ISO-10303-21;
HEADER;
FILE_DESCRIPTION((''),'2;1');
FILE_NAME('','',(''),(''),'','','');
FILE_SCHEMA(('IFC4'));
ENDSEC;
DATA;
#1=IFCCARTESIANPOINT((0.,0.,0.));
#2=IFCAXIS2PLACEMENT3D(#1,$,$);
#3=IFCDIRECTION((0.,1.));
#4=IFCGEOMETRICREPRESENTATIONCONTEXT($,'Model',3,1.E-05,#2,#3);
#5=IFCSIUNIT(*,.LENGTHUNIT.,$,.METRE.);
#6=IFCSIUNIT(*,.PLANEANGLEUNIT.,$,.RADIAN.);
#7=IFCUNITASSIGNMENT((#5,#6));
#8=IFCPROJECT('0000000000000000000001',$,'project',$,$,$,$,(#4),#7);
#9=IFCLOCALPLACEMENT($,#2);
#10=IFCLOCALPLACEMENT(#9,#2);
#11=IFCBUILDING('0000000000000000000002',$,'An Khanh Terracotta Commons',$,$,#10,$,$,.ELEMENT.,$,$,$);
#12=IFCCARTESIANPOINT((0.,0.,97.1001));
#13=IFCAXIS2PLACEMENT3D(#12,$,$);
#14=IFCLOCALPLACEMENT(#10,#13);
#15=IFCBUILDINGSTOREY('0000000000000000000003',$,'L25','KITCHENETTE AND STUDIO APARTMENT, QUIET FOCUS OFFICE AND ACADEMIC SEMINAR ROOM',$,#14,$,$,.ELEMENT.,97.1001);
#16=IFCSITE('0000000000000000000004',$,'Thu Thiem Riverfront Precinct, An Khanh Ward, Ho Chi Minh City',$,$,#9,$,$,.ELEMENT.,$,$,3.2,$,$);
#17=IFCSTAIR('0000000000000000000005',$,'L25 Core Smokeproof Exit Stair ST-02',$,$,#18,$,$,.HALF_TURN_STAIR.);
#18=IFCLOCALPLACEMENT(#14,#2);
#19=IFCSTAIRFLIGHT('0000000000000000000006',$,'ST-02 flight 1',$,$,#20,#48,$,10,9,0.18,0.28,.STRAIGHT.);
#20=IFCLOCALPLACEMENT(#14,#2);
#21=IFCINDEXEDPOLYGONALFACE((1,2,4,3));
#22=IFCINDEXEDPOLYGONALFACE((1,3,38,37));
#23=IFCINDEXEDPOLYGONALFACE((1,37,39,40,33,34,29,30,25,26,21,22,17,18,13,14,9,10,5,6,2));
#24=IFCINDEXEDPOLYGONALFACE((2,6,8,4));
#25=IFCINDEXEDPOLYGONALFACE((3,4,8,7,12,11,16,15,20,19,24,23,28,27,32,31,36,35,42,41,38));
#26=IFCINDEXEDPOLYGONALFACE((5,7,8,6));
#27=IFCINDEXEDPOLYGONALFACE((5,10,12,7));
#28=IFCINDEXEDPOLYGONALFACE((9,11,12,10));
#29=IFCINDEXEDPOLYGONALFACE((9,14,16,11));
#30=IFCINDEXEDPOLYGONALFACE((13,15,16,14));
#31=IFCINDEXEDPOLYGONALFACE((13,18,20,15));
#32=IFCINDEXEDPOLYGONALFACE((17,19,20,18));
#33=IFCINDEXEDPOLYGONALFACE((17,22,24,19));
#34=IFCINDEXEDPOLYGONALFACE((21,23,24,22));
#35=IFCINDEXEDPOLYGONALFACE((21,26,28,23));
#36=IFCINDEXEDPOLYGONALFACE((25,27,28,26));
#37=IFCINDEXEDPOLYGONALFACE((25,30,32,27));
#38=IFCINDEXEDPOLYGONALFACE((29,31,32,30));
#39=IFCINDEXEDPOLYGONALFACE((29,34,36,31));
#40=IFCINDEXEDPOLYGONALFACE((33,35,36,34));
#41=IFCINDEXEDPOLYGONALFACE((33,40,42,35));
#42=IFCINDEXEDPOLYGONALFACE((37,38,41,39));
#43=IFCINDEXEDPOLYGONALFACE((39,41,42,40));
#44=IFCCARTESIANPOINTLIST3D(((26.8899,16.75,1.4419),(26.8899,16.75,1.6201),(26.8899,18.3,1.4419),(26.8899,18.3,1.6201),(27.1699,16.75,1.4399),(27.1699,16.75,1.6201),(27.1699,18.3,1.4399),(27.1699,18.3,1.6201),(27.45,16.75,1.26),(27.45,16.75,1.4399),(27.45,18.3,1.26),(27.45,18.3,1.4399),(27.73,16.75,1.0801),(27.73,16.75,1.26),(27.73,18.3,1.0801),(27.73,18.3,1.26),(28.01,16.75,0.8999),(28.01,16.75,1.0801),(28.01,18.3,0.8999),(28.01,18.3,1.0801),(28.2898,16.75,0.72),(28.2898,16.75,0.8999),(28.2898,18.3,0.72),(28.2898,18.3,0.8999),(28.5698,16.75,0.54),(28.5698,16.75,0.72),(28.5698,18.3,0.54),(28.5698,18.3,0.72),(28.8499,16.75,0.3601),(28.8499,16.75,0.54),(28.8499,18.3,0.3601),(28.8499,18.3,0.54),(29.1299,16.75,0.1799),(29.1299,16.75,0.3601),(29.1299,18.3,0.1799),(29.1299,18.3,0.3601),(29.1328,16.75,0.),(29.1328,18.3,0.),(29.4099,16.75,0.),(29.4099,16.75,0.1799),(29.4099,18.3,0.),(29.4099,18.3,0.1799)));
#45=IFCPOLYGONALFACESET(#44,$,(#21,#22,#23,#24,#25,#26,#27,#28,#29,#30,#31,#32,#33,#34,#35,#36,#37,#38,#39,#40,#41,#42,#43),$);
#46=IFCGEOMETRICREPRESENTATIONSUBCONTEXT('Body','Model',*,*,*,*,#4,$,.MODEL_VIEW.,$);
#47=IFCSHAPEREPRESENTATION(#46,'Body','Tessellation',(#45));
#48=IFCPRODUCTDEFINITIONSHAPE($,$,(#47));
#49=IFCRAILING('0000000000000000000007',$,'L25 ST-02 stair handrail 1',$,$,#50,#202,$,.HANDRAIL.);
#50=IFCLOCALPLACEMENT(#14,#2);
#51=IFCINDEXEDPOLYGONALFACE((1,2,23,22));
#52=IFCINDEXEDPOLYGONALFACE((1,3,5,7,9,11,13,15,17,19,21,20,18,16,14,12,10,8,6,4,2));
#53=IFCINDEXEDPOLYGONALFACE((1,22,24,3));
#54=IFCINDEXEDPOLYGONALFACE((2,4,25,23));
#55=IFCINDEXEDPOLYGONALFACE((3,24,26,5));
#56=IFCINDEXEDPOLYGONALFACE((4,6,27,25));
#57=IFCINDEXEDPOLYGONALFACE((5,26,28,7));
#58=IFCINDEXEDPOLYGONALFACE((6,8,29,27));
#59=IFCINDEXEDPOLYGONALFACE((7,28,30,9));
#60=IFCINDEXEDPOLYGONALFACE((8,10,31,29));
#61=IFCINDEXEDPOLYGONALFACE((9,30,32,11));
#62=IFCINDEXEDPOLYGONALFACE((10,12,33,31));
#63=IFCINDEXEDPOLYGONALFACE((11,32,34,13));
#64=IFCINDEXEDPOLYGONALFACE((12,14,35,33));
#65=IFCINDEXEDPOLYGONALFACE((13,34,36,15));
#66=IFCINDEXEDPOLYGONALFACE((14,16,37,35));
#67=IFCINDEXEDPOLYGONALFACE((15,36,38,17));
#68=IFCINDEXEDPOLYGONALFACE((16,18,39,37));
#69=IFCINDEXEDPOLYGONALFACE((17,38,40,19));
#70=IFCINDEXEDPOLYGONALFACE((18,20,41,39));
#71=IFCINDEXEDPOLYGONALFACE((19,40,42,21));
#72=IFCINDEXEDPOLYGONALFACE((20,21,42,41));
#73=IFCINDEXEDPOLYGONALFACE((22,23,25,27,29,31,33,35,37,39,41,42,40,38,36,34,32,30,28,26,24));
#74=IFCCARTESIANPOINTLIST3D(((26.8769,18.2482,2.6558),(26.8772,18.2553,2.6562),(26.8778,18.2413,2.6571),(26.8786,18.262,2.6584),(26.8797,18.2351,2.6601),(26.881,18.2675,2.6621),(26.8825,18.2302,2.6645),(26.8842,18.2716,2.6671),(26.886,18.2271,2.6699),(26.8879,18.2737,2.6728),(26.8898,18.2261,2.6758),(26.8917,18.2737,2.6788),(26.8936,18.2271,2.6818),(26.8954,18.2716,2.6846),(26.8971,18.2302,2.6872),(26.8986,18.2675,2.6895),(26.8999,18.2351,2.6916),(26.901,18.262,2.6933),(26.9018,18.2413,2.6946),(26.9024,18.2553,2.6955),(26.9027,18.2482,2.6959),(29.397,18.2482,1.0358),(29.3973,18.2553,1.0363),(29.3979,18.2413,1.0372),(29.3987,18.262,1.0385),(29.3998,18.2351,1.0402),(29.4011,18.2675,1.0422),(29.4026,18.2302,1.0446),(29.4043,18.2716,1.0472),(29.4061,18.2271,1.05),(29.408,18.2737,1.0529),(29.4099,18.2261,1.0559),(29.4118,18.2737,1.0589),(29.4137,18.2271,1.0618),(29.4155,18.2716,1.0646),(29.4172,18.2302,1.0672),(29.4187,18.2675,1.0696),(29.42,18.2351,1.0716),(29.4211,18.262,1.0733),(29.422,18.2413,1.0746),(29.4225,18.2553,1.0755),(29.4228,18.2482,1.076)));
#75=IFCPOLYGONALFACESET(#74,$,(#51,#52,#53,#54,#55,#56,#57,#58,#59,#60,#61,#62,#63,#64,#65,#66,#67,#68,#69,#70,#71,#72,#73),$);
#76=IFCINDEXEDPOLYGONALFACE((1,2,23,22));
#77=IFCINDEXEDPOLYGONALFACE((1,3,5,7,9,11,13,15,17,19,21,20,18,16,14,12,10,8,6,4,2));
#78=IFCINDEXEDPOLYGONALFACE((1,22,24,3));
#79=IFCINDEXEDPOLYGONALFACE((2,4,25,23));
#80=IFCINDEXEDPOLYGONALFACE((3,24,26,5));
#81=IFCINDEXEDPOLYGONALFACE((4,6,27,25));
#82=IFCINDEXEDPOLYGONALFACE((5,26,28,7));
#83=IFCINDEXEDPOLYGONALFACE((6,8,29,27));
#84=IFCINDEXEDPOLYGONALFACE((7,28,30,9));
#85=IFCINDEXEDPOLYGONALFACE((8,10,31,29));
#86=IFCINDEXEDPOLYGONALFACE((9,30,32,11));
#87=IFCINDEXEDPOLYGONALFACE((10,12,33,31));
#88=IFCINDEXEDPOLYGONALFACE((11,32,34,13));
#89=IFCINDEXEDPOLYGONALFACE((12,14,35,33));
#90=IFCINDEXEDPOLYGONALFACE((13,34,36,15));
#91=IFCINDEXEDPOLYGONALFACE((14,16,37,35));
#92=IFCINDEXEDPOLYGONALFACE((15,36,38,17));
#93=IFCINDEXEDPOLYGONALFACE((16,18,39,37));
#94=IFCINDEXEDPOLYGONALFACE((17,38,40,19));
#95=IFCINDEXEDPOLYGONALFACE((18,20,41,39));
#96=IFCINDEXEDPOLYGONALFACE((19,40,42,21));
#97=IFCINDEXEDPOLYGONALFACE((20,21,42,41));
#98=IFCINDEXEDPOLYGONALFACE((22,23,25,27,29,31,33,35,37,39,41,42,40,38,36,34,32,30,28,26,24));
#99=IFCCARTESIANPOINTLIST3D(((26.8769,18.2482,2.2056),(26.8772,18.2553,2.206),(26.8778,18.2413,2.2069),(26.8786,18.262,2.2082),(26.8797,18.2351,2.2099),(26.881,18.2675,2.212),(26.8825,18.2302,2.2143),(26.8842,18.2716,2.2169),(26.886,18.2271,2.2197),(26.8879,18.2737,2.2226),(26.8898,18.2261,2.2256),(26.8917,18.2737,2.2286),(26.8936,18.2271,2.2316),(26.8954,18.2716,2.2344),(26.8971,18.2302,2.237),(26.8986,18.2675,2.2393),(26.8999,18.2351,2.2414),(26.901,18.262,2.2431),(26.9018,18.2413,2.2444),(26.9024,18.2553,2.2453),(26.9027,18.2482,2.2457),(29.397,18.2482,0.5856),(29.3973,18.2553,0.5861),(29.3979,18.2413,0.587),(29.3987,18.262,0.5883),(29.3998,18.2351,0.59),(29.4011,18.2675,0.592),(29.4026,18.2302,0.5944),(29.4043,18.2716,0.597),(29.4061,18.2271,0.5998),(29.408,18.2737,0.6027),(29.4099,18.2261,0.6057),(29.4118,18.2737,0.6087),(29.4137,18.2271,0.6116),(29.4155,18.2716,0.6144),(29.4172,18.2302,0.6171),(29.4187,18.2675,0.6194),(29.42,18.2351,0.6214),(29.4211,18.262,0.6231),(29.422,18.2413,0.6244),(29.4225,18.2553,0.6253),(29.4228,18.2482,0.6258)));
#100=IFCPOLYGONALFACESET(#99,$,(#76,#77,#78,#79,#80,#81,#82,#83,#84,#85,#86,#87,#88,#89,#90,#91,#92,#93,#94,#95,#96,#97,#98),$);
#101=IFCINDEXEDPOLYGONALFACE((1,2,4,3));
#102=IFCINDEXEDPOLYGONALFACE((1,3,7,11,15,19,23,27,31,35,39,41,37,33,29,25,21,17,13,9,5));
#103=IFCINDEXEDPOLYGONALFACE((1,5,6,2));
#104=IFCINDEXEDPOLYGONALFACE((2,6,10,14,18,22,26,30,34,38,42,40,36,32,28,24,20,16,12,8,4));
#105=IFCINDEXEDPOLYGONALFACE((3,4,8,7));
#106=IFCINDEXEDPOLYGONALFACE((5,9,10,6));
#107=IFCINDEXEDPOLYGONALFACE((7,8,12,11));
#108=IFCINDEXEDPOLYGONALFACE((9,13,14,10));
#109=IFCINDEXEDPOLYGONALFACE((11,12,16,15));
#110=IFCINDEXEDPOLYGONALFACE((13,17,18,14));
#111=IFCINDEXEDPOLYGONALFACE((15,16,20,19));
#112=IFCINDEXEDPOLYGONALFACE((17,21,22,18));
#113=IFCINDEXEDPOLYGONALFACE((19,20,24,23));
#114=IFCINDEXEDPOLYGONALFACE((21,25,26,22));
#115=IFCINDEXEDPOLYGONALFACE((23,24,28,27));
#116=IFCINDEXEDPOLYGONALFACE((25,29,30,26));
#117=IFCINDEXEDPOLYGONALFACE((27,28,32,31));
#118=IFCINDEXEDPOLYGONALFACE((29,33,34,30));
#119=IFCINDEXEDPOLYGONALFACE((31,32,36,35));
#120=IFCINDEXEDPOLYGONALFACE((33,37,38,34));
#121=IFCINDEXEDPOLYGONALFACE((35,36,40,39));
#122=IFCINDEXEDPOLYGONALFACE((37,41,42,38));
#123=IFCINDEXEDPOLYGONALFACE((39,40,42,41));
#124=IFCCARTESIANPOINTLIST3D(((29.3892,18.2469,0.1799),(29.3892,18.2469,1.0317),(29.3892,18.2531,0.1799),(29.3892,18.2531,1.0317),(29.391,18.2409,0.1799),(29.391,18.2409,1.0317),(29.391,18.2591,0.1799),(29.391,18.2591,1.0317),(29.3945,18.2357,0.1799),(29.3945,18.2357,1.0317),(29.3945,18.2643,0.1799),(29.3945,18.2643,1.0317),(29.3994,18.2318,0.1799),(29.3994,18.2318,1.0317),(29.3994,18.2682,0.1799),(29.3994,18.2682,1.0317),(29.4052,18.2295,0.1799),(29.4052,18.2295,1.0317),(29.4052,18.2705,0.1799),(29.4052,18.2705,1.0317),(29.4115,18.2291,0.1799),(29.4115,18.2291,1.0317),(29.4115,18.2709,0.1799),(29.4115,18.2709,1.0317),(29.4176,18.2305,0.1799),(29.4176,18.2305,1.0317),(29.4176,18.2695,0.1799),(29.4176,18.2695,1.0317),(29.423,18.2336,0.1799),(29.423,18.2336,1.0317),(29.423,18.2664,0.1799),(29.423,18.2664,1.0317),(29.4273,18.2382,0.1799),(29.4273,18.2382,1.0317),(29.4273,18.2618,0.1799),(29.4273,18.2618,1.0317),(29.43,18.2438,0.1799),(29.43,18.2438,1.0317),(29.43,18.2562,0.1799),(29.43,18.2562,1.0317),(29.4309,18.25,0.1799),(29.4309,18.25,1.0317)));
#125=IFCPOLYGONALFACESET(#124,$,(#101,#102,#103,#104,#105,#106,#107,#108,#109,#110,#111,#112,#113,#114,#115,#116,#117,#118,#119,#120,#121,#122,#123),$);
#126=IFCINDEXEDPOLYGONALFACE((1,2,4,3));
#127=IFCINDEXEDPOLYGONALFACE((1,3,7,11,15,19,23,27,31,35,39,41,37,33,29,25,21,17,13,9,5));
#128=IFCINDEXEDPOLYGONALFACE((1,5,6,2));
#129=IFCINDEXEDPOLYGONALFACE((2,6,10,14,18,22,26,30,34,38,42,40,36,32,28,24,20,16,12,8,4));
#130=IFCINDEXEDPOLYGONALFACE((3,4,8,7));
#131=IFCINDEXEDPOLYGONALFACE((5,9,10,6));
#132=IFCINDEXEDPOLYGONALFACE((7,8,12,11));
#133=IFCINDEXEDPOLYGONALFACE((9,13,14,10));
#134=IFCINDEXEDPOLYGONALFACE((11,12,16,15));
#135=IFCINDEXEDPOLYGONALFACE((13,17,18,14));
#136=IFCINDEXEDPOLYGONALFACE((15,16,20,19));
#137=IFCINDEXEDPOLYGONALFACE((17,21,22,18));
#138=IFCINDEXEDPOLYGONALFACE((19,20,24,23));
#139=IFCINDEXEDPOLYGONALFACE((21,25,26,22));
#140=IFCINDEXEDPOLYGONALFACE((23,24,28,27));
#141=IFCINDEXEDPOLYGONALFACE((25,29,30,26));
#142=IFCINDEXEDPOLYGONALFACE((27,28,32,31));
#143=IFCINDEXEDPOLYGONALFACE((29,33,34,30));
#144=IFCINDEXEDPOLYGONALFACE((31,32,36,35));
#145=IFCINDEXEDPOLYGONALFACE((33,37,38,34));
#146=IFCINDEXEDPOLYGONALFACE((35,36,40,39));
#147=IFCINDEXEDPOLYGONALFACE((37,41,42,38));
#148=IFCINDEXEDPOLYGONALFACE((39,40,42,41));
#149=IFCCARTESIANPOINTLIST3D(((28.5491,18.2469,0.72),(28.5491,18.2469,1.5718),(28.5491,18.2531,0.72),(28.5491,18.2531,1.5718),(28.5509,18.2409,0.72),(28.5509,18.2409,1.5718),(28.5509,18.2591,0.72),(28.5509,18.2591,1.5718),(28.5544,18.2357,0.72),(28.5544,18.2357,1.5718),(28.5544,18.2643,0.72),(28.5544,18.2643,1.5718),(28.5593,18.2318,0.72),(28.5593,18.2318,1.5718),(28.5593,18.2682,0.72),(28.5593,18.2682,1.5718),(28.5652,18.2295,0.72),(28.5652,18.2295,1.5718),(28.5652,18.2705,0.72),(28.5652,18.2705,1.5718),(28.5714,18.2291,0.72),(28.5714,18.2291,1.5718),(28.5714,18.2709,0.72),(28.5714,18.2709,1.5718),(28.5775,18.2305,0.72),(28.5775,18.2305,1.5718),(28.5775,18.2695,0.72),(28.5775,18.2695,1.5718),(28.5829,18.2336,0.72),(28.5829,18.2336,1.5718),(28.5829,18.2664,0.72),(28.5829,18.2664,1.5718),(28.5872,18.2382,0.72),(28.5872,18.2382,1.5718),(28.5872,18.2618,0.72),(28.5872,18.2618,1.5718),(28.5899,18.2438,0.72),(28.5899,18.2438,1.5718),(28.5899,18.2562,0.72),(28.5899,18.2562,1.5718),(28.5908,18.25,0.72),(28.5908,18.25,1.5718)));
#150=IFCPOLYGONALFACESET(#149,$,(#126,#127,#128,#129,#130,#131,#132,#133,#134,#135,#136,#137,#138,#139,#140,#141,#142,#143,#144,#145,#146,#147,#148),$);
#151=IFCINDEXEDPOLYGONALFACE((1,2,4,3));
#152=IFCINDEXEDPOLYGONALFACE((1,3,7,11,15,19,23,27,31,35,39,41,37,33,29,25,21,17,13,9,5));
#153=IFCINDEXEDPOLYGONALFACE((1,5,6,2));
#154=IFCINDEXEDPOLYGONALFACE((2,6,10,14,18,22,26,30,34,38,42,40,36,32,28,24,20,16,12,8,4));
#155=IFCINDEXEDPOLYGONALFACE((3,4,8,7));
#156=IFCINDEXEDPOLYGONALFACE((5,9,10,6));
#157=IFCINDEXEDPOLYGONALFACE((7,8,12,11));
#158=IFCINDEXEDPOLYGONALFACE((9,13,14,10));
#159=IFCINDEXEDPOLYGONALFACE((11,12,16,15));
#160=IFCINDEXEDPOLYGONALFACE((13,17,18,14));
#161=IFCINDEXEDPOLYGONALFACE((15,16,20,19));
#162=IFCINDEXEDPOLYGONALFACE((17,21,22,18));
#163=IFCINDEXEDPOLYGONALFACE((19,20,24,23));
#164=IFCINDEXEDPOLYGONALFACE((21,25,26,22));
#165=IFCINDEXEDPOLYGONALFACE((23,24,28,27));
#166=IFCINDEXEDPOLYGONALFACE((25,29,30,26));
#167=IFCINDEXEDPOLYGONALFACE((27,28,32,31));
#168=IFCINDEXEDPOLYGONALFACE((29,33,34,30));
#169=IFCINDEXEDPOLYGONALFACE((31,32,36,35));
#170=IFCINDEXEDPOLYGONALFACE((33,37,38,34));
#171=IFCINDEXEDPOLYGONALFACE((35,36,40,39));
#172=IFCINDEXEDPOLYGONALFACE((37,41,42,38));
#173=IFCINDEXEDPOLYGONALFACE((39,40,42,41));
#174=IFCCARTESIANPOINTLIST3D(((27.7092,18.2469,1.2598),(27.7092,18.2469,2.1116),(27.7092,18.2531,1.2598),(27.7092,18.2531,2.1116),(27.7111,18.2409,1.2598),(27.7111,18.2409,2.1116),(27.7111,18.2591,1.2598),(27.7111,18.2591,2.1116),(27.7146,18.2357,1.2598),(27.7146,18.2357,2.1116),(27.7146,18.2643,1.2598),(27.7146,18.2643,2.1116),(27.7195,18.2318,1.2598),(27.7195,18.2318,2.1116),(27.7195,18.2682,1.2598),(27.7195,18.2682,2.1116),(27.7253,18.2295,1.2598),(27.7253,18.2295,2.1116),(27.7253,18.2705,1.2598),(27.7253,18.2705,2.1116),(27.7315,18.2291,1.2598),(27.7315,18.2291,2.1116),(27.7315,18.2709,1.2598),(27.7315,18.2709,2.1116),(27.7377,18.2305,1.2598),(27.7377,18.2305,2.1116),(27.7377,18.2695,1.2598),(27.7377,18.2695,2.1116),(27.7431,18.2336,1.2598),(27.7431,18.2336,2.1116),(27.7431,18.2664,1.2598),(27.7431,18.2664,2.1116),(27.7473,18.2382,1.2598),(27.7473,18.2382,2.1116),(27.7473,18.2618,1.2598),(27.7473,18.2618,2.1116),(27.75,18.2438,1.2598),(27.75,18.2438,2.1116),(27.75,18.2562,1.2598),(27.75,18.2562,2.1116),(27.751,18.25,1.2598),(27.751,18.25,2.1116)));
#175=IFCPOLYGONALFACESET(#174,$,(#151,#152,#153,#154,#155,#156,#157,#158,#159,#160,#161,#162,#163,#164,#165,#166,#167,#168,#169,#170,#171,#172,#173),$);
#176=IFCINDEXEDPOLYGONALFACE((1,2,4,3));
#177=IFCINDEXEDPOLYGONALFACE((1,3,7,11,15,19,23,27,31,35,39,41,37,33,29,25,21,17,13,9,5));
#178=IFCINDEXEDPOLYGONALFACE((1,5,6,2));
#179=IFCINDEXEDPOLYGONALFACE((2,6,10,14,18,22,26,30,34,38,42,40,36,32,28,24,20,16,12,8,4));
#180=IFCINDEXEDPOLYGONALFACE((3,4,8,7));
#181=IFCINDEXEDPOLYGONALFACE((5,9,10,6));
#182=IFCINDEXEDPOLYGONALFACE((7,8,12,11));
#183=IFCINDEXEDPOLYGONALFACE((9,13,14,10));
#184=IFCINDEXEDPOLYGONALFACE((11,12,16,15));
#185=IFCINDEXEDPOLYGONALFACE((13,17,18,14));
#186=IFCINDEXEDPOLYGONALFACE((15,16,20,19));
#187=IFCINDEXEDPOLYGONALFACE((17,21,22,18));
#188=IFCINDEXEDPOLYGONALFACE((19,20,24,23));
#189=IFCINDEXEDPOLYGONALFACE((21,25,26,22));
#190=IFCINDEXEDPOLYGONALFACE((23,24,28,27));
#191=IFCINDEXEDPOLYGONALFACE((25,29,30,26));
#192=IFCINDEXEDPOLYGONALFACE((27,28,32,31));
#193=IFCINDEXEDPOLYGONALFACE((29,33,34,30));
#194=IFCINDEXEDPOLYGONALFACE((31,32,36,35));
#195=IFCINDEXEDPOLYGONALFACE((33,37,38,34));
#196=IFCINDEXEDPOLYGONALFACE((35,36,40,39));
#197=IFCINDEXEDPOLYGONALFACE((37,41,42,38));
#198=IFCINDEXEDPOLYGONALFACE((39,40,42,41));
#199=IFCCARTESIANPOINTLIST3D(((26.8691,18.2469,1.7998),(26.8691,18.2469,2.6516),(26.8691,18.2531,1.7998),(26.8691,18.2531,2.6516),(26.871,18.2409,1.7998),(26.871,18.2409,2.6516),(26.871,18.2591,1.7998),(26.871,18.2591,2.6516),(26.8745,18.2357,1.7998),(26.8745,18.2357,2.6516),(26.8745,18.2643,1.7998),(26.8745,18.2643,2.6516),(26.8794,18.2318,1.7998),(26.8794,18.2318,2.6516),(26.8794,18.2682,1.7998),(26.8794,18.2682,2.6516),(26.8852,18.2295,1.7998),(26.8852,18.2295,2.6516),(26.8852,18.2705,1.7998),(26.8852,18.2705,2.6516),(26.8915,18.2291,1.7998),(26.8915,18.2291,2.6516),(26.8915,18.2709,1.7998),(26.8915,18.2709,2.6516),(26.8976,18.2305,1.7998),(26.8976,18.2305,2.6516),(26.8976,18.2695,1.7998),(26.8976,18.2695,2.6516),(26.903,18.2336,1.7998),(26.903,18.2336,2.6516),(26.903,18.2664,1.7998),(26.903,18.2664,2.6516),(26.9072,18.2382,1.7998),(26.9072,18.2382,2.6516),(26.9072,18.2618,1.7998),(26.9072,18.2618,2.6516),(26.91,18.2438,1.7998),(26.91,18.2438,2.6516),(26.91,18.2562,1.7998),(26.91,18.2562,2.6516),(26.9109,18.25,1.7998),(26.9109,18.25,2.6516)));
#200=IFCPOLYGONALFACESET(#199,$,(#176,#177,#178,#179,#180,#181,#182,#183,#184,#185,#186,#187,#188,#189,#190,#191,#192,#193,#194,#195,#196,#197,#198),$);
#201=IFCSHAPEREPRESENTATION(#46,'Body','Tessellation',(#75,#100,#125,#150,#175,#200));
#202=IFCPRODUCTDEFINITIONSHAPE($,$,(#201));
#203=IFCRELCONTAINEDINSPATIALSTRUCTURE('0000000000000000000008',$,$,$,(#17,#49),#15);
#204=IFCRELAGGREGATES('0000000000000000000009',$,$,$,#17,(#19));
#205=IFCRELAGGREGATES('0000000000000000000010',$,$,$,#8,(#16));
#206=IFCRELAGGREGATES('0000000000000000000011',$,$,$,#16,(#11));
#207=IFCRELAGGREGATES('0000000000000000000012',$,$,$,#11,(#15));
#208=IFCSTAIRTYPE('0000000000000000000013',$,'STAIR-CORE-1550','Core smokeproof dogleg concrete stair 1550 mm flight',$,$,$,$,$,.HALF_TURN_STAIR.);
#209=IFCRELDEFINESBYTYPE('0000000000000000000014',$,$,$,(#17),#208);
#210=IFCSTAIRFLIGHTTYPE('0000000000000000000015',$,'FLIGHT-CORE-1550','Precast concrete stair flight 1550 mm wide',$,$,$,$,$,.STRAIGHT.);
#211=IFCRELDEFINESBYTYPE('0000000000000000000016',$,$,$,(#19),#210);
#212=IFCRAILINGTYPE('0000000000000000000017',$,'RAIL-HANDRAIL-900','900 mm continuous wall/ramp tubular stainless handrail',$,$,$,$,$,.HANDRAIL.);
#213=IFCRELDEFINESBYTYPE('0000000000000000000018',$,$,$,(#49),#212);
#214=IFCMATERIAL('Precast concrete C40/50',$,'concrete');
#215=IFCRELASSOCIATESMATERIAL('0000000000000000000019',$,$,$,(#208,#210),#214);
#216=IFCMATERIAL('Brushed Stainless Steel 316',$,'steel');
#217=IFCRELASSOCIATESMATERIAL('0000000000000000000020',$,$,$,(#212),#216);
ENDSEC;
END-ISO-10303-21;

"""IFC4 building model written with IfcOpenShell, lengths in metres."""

from ifc_helpers import new_model, si_unit, direction, frame, origin, origin_2d, place, context, subcontext, project, spatial, polyline, circle, outline, extrude, material, type_object, element, aggregate, save


model = new_model("IFC4")

# Units and contexts
model_context = context("Model", 3, precision=1e-05, world=origin(), true_north=direction((0.0, 1.0)))
body_context = subcontext(model_context, "Body", "Model", "MODEL_VIEW")
ifc_project = project(units=[si_unit("LENGTHUNIT", "METRE"), si_unit("PLANEANGLEUNIT", "RADIAN")], contexts=[model_context])

# Site, building, storey
site_placement = place(None, origin())
site = spatial("IfcSite", under=ifc_project, at=site_placement, Name="Thu Thiem Riverfront Precinct, An Khanh Ward, Ho Chi Minh City", CompositionType="ELEMENT", RefElevation=3.2)
building_placement = place(site_placement, origin())
building = spatial("IfcBuilding", under=site, at=building_placement, Name="An Khanh Terracotta Commons", CompositionType="ELEMENT")
storey_placement = place(building_placement, frame((0.0, 0.0, 97.1001)))
storey = spatial("IfcBuildingStorey", under=building, at=storey_placement, Name="L25", Description="KITCHENETTE AND STUDIO APARTMENT, QUIET FOCUS OFFICE AND ACADEMIC SEMINAR ROOM", CompositionType="ELEMENT", Elevation=97.1001)

# Stair, stair flight
ifc_material_1 = material(Name="Precast concrete C40/50", Category="concrete")
stair_type = type_object("IfcStairType", Name="STAIR-CORE-1550", Description="Core smokeproof dogleg concrete stair 1550 mm flight", PredefinedType="HALF_TURN_STAIR", material=ifc_material_1)
stair_placement = place(storey_placement, origin())
stair = element("IfcStair", 1, at=stair_placement, inside=storey, type_object=stair_type, Name="L25 Core Smokeproof Exit Stair ST-02", PredefinedType="HALF_TURN_STAIR")
stair_flight_type = type_object("IfcStairFlightType", Name="FLIGHT-CORE-1550", Description="Precast concrete stair flight 1550 mm wide", PredefinedType="STRAIGHT", material=ifc_material_1)
stair_flight_placement = place(storey_placement, frame((29.4099, 17.5249, 0.0), z_axis=(0.0, 0.0, 1.0), x_axis=(-1.0, 0.0, 0.0)))
stair_flight = element("IfcStairFlight", 2, at=stair_flight_placement, type_object=stair_flight_type, Name="ST-02 flight 1", NumberOfRisers=10, NumberOfTreads=9, PredefinedType="STRAIGHT", RiserHeight=0.18, TreadLength=0.28, context=body_context, shape_type="SweptSolid", body=[
    extrude(outline(polyline([(0.0, 0.0), (0.0, 0.1799), (0.28, 0.1799), (0.28, 0.3601), (0.5601, 0.3601), (0.5601, 0.54), (0.8401, 0.54), (0.8401, 0.72), (1.1201, 0.72), (1.1201, 0.8999), (1.3999, 0.8999), (1.3999, 1.0801), (1.6799, 1.0801), (1.6799, 1.26), (1.96, 1.26), (1.96, 1.4399), (2.24, 1.4399), (2.24, 1.6201), (2.52, 1.6201), (2.52, 1.8), (2.52, 1.4419), (0.2771, 0.0), (0.0, 0.0)])), frame((0.0, 0.7749, 0.0), z_axis=(0.0, -1.0, 0.0), x_axis=(1.0, 0.0, 0.0)), (0.0, 0.0, 1.0), 1.55),
])
aggregate(stair, [stair_flight])

# Railing
ifc_material_2 = material(Name="Brushed Stainless Steel 316", Category="steel")
railing_type = type_object("IfcRailingType", Name="RAIL-HANDRAIL-900", Description="900 mm continuous wall/ramp tubular stainless handrail", PredefinedType="HANDRAIL", material=ifc_material_2)
railing_placement = place(storey_placement, frame((29.4099, 18.25, 0.1799)))
element("IfcRailing", 3, at=railing_placement, inside=storey, type_object=railing_type, Name="L25 ST-02 stair handrail 1", PredefinedType="HANDRAIL", context=body_context, shape_type="SweptSolid", body=[
    extrude(circle(Radius=0.0239, at=origin_2d()), frame((0.0, 0.0, 0.876), z_axis=(-0.8412, 0.0, 0.540725), x_axis=(0.0, -1.0, 0.0)), (0.0, 0.0, 1.0), 2.9958),
    extrude(circle(Radius=0.0239, at=origin_2d()), frame((0.0, 0.0, 0.4258), z_axis=(-0.8412, 0.0, 0.540725), x_axis=(0.0, -1.0, 0.0)), (0.0, 0.0, 1.0), 2.9958),
    extrude(circle(Radius=0.021, at=origin_2d()), origin(), (0.0, 0.0, 1.0), 0.8518),
    extrude(circle(Radius=0.021, at=origin_2d()), frame((-0.8401, 0.0, 0.54)), (0.0, 0.0, 1.0), 0.8518),
    extrude(circle(Radius=0.021, at=origin_2d()), frame((-1.6799, 0.0, 1.0798)), (0.0, 0.0, 1.0), 0.8518),
    extrude(circle(Radius=0.021, at=origin_2d()), frame((-2.52, 0.0, 1.6199)), (0.0, 0.0, 1.0), 0.8518),
])

save(model, "model.ifc")
